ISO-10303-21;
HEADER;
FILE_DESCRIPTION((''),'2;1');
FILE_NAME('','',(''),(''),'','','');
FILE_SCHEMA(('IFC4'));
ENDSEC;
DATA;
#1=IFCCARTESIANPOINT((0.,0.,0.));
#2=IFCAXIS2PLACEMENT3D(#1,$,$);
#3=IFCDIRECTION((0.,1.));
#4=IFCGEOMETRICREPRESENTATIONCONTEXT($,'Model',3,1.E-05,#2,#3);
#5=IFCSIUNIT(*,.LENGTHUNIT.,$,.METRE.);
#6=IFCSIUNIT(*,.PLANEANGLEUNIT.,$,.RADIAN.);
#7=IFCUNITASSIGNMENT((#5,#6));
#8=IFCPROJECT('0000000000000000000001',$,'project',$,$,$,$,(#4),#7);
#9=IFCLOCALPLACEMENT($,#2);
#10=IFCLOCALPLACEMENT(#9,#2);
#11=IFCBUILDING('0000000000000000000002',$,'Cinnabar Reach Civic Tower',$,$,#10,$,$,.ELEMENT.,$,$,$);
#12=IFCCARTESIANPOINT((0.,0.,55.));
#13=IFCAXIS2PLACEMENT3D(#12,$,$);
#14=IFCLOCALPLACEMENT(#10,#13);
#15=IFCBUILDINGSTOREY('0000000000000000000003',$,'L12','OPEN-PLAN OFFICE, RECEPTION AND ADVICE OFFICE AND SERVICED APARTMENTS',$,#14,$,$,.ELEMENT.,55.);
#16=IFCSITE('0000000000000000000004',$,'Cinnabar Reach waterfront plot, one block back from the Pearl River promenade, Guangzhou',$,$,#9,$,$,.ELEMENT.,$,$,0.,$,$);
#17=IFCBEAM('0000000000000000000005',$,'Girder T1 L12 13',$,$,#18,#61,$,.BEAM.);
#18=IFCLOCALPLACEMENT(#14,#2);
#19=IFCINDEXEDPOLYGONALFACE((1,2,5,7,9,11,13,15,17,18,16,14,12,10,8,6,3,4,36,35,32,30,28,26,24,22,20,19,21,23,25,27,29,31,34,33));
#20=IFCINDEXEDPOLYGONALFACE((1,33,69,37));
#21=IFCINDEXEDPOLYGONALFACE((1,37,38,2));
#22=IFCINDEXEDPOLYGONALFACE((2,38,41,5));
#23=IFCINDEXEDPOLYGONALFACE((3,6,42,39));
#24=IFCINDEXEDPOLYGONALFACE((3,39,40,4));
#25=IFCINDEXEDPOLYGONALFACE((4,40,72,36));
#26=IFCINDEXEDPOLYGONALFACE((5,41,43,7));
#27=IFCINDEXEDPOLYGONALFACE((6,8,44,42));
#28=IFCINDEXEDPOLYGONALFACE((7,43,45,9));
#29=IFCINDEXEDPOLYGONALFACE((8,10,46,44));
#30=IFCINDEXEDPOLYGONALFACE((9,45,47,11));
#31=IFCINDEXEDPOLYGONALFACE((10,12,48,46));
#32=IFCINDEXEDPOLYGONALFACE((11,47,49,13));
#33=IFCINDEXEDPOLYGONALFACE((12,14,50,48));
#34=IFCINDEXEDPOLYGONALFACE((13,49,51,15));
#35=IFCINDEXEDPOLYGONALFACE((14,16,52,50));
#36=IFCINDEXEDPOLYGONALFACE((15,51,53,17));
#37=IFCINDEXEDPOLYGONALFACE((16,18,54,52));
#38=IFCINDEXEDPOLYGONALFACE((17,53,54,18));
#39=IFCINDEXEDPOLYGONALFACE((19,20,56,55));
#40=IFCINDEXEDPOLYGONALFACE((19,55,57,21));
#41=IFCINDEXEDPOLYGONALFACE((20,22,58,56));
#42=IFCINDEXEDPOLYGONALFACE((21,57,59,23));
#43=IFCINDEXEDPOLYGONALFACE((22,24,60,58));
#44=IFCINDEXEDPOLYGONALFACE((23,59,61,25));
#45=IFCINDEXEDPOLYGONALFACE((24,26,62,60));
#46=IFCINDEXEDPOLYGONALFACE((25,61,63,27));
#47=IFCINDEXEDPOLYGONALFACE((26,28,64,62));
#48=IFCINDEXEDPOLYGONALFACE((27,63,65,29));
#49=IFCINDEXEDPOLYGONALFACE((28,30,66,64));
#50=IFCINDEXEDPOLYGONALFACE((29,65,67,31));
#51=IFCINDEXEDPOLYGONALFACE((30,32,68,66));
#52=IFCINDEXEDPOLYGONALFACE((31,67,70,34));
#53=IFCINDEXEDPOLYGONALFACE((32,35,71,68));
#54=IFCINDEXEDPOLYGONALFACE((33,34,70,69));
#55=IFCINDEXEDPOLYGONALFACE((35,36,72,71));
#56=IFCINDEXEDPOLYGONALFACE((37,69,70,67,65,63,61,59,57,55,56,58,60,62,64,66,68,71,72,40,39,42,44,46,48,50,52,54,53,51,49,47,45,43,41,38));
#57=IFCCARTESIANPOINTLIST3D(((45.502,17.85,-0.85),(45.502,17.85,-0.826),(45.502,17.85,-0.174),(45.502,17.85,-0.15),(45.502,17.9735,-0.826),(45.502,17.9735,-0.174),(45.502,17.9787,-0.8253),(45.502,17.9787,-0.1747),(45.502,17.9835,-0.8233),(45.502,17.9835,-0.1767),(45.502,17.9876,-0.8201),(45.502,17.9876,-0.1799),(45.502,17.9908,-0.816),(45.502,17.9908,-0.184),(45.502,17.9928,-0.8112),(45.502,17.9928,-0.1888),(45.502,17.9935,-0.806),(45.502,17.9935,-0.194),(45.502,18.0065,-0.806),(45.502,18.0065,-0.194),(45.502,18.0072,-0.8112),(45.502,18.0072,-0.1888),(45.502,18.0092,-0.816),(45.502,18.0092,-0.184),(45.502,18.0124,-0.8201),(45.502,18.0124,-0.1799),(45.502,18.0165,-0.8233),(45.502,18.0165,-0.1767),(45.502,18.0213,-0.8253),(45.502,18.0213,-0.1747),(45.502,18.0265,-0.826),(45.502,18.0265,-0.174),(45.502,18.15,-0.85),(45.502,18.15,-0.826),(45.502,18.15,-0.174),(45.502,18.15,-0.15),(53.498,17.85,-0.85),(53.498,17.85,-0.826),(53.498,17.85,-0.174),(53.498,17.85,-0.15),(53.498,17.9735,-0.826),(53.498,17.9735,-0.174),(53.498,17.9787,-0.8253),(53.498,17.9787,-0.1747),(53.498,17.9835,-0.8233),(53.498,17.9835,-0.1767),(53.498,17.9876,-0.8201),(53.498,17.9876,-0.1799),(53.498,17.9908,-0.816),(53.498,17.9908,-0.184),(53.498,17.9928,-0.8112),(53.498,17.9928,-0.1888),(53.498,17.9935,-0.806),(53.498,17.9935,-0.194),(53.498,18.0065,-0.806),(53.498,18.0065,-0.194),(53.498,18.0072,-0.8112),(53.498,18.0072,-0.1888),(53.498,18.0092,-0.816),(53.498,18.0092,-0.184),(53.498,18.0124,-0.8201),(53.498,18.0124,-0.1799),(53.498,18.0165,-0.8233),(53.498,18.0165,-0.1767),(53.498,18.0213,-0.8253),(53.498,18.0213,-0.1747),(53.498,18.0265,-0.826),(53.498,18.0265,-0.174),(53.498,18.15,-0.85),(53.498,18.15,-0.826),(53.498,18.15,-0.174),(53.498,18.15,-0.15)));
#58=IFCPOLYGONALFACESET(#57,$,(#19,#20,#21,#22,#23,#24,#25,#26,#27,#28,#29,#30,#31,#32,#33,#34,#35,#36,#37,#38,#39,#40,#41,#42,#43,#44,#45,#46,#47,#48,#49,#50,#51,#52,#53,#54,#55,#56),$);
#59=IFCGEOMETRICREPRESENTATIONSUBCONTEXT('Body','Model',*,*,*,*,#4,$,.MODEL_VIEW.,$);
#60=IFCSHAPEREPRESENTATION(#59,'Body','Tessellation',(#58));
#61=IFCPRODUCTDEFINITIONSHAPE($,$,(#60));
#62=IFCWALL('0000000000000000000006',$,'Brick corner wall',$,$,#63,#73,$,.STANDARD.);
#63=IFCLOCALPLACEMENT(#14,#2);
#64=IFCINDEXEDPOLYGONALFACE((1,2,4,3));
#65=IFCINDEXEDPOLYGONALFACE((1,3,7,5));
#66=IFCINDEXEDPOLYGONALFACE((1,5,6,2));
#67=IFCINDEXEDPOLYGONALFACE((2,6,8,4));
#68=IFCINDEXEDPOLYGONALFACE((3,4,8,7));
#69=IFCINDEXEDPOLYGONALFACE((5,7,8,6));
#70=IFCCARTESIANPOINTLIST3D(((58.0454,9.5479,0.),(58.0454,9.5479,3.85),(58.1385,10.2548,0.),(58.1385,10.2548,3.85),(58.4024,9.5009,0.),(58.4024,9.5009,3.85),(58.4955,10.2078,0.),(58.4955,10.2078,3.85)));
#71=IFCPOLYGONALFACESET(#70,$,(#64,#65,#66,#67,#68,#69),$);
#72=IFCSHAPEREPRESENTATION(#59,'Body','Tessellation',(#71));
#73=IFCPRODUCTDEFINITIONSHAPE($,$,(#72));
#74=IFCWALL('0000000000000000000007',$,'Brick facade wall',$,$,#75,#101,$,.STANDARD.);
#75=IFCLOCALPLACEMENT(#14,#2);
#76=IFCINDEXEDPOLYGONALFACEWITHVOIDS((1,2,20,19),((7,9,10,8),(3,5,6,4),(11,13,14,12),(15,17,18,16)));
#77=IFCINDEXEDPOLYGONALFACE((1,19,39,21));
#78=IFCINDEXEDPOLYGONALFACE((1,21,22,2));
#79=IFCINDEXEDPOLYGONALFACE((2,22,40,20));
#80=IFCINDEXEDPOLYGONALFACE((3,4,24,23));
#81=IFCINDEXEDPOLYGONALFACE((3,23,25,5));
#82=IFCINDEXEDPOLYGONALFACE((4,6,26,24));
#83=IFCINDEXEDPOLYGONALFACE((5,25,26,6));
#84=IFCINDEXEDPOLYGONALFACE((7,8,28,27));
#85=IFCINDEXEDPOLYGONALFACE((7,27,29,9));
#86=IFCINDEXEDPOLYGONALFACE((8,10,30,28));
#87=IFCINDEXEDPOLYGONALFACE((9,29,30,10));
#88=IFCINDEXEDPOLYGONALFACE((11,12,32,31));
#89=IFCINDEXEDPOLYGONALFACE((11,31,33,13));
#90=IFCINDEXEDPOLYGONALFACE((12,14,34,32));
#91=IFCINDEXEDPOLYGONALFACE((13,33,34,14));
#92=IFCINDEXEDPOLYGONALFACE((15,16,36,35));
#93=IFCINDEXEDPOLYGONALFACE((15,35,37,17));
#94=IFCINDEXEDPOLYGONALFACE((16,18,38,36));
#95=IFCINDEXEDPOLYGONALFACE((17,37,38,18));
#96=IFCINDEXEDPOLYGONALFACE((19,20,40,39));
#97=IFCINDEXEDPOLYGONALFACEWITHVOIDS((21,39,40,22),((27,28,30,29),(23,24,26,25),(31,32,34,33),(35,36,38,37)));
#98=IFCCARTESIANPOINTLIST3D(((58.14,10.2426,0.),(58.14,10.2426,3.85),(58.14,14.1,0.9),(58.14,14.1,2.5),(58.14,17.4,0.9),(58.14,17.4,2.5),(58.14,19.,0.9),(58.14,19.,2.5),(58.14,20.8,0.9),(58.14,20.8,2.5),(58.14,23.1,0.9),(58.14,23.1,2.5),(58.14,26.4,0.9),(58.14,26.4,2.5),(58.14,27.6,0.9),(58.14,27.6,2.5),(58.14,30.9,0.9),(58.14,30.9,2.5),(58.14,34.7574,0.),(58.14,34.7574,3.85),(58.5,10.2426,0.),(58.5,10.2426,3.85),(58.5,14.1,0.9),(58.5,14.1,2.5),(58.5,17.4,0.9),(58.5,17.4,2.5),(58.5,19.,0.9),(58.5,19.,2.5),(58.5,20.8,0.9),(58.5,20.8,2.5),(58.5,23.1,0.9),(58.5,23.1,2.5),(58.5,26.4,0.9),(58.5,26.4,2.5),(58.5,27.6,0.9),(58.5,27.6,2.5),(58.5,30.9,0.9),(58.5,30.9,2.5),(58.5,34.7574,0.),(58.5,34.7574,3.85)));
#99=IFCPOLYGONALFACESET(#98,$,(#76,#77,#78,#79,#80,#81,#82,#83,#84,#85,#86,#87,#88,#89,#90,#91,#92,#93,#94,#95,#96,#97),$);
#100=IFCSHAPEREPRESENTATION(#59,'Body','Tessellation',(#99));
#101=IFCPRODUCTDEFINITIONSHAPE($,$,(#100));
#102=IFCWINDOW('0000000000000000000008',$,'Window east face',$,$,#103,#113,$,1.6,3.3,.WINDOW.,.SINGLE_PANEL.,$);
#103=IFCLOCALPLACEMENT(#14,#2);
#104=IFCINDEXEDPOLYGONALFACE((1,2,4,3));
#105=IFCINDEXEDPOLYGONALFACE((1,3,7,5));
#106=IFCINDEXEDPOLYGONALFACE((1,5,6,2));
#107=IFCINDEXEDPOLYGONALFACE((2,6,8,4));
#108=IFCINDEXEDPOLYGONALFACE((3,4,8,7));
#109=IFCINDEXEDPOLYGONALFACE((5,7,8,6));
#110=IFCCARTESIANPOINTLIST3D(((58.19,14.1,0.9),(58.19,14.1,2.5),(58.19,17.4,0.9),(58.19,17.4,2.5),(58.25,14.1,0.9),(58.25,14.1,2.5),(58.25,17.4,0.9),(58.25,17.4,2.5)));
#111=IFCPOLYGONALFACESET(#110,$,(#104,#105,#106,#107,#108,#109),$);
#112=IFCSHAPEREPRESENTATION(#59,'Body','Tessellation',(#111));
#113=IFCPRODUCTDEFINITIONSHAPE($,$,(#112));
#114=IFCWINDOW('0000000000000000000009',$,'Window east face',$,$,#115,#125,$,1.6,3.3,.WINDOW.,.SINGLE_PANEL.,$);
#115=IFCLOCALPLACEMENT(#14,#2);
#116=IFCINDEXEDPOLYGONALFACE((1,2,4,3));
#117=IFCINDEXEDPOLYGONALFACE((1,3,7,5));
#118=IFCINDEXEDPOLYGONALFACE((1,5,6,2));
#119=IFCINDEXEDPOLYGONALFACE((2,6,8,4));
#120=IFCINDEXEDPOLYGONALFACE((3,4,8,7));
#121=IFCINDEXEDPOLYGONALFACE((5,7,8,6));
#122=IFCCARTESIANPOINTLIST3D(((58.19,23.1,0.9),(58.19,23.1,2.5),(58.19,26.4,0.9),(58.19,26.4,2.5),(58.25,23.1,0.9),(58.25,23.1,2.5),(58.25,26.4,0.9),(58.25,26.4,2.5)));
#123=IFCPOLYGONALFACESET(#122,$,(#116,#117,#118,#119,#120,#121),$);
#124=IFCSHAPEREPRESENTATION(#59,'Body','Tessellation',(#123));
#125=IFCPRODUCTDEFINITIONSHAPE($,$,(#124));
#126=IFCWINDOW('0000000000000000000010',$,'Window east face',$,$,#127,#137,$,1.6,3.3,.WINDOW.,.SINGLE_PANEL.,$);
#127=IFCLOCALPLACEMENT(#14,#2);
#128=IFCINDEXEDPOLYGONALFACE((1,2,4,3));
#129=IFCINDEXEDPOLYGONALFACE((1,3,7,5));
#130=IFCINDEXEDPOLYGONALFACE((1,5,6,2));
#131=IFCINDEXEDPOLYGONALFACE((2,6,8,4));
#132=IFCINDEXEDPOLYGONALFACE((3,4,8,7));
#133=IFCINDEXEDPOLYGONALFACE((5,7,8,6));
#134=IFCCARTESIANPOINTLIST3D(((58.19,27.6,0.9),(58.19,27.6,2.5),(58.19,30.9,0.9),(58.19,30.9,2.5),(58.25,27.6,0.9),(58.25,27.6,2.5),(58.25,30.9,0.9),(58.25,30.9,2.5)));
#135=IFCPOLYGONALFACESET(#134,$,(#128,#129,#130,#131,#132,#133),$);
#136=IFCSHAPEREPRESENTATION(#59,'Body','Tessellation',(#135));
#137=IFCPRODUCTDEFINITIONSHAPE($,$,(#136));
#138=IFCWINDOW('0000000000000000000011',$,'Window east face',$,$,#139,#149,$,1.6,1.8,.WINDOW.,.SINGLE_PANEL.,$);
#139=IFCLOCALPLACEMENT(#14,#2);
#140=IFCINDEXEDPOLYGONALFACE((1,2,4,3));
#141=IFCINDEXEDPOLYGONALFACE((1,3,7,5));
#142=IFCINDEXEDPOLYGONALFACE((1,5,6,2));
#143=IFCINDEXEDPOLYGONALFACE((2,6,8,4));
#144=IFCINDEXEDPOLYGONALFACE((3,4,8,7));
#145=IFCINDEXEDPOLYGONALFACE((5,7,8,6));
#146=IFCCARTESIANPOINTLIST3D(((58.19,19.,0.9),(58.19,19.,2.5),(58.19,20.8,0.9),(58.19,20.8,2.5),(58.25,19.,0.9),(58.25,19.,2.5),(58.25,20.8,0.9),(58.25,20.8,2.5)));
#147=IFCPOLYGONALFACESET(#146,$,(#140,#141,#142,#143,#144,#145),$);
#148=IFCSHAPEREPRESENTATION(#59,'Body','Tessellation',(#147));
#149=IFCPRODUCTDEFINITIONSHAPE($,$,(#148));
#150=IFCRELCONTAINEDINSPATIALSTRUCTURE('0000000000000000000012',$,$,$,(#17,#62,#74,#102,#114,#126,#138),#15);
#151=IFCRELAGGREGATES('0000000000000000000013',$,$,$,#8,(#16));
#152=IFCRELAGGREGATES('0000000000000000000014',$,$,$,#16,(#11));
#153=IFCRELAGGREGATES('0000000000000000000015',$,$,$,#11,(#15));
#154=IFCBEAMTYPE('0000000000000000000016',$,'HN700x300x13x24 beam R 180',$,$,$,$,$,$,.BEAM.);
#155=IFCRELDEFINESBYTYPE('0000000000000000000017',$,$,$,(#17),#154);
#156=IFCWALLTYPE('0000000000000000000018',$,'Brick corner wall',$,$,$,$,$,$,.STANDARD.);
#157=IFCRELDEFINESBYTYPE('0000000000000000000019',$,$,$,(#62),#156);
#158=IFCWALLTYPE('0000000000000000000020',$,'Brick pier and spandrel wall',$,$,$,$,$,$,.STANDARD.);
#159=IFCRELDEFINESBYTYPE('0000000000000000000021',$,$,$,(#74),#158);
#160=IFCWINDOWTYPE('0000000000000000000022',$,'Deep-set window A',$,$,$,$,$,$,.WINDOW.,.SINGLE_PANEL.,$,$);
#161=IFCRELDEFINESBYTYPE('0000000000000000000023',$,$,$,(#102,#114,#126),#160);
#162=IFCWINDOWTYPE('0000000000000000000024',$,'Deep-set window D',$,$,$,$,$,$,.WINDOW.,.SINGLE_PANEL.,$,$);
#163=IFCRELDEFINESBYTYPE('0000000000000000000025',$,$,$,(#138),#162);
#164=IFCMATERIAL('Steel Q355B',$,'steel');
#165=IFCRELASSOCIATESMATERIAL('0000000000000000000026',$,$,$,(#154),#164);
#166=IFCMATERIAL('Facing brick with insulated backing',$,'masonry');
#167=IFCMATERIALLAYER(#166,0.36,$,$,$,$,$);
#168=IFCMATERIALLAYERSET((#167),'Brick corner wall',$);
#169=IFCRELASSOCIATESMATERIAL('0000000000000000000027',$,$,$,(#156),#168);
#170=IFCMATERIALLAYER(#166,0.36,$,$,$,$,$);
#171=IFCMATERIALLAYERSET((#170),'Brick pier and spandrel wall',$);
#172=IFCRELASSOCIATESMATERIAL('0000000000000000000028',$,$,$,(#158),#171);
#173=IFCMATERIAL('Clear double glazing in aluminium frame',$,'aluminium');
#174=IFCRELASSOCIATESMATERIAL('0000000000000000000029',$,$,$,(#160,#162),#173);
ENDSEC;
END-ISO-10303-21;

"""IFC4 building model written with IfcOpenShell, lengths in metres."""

from ifc_helpers import new_model, si_unit, direction, frame, frame_2d, origin, origin_2d, place, context, subcontext, project, spatial, rectangle, i_section, extrude, material, layer, layer_set, material_profile, profile_set, type_object, element, fill, save


model = new_model("IFC4")

# Units and contexts
model_context = context("Model", 3, precision=1e-05, world=origin(), true_north=direction((0.0, 1.0)))
body_context = subcontext(model_context, "Body", "Model", "MODEL_VIEW")
ifc_project = project(units=[si_unit("LENGTHUNIT", "METRE"), si_unit("PLANEANGLEUNIT", "RADIAN")], contexts=[model_context])

# Site, building, storey
site_placement = place(None, origin())
site = spatial("IfcSite", under=ifc_project, at=site_placement, Name="Cinnabar Reach waterfront plot, one block back from the Pearl River promenade, Guangzhou", CompositionType="ELEMENT", RefElevation=0.0)
building_placement = place(site_placement, origin())
building = spatial("IfcBuilding", under=site, at=building_placement, Name="Cinnabar Reach Civic Tower", CompositionType="ELEMENT")
storey_placement = place(building_placement, frame((0.0, 0.0, 55.0)))
storey = spatial("IfcBuildingStorey", under=building, at=storey_placement, Name="L12", Description="OPEN-PLAN OFFICE, RECEPTION AND ADVICE OFFICE AND SERVICED APARTMENTS", CompositionType="ELEMENT", Elevation=55.0)

# Beam
ifc_material_1 = material(Name="Steel Q355B", Category="steel")
ifc_material_profile_1 = material_profile(ifc_material_1, i_section(OverallWidth=0.3, OverallDepth=0.7, WebThickness=0.013, FlangeThickness=0.024, FilletRadius=0.02, at=origin_2d()), Name="HN700x300x13x24")
ifc_profile_set_1 = profile_set([ifc_material_profile_1], Name="Steel Q355B")
beam_type_1 = type_object("IfcBeamType", Name="HN700x300x13x24 beam R 180", PredefinedType="BEAM", material=ifc_profile_set_1)
beam_1_placement = place(storey_placement, frame((45.502, 18.0, -0.5), z_axis=(1.0, 0.0, 0.0), x_axis=(0.0, 1.0, 0.0)))
element("IfcBeam", 1, at=beam_1_placement, inside=storey, type_object=beam_type_1, Name="Girder T1 L12 13", PredefinedType="BEAM", context=body_context, shape_type="SweptSolid", body=[
    extrude(i_section(OverallWidth=0.3, OverallDepth=0.7, WebThickness=0.013, FlangeThickness=0.024, FilletRadius=0.02, at=origin_2d()), origin(), (0.0, 0.0, 1.0), 7.996),
])

# Wall
ifc_material_2 = material(Name="Facing brick with insulated backing", Category="masonry")
ifc_layer_1 = layer(ifc_material_2, 0.36)
ifc_layer_set_1 = layer_set([ifc_layer_1], Name="Brick corner wall")
wall_type_1 = type_object("IfcWallType", Name="Brick corner wall", PredefinedType="STANDARD", material=ifc_layer_set_1)
wall_1_placement = place(storey_placement, frame((58.2239, 9.5244, 0.0), z_axis=(0.0, 0.0, 1.0), x_axis=(0.130556, 0.991441, 0.0)))
element("IfcWall", 2, at=wall_1_placement, inside=storey, type_object=wall_type_1, Name="Brick corner wall", PredefinedType="STANDARD", context=body_context, shape_type="SweptSolid", body=[
    extrude(rectangle(XDim=0.7131, YDim=0.36, at=frame_2d((0.3565, 0.0))), origin(), (0.0, 0.0, 1.0), 3.85),
])

# Wall, openings, windows
ifc_layer_2 = layer(ifc_material_2, 0.36)
ifc_layer_set_2 = layer_set([ifc_layer_2], Name="Brick pier and spandrel wall")
wall_type_2 = type_object("IfcWallType", Name="Brick pier and spandrel wall", PredefinedType="STANDARD", material=ifc_layer_set_2)
wall_2_placement = place(storey_placement, frame((58.32, 10.2426, 0.0), z_axis=(0.0, 0.0, 1.0), x_axis=(0.0, 1.0, 0.0)))
wall_2 = element("IfcWall", 3, at=wall_2_placement, inside=storey, type_object=wall_type_2, Name="Brick facade wall", PredefinedType="STANDARD", context=body_context, shape_type="SweptSolid", body=[
    extrude(rectangle(XDim=24.5148, YDim=0.36, at=frame_2d((12.2574, 0.0))), origin(), (0.0, 0.0, 1.0), 3.85),
])
opening_1_placement = place(wall_2_placement, frame((3.8574, 0.0, 0.9)))
opening_1 = element("IfcOpeningElement", 4, at=opening_1_placement, cuts=wall_2, PredefinedType="OPENING", context=body_context, shape_type="SweptSolid", body=[
    extrude(rectangle(XDim=3.3, YDim=1.6, at=frame_2d((1.65, 0.8))), frame((0.0, 0.19, 0.0), z_axis=(0.0, -1.0, 0.0), x_axis=(1.0, 0.0, 0.0)), (0.0, 0.0, 1.0), 0.38),
])
opening_2_placement = place(wall_2_placement, frame((8.7574, 0.0, 0.9)))
opening_2 = element("IfcOpeningElement", 5, at=opening_2_placement, cuts=wall_2, PredefinedType="OPENING", context=body_context, shape_type="SweptSolid", body=[
    extrude(rectangle(XDim=1.8, YDim=1.6, at=frame_2d((0.9, 0.8))), frame((0.0, 0.19, 0.0), z_axis=(0.0, -1.0, 0.0), x_axis=(1.0, 0.0, 0.0)), (0.0, 0.0, 1.0), 0.38),
])
opening_3_placement = place(wall_2_placement, frame((12.8574, 0.0, 0.9)))
opening_3 = element("IfcOpeningElement", 6, at=opening_3_placement, cuts=wall_2, PredefinedType="OPENING", context=body_context, shape_type="SweptSolid", body=[
    extrude(rectangle(XDim=3.3, YDim=1.6, at=frame_2d((1.65, 0.8))), frame((0.0, 0.19, 0.0), z_axis=(0.0, -1.0, 0.0), x_axis=(1.0, 0.0, 0.0)), (0.0, 0.0, 1.0), 0.38),
])
opening_4_placement = place(wall_2_placement, frame((17.3574, 0.0, 0.9)))
opening_4 = element("IfcOpeningElement", 7, at=opening_4_placement, cuts=wall_2, PredefinedType="OPENING", context=body_context, shape_type="SweptSolid", body=[
    extrude(rectangle(XDim=3.3, YDim=1.6, at=frame_2d((1.65, 0.8))), frame((0.0, 0.19, 0.0), z_axis=(0.0, -1.0, 0.0), x_axis=(1.0, 0.0, 0.0)), (0.0, 0.0, 1.0), 0.38),
])
ifc_material_3 = material(Name="Clear double glazing in aluminium frame", Category="aluminium")
window_type_1 = type_object("IfcWindowType", Name="Deep-set window A", PartitioningType="SINGLE_PANEL", PredefinedType="WINDOW", material=ifc_material_3)
window_1_placement = place(opening_1_placement, origin())
window_1 = element("IfcWindow", 8, at=window_1_placement, inside=storey, type_object=window_type_1, Name="Window east face", OverallHeight=1.6, OverallWidth=3.3, PartitioningType="SINGLE_PANEL", PredefinedType="WINDOW", context=body_context, shape_type="SweptSolid", body=[
    extrude(rectangle(XDim=3.3, YDim=1.6, at=frame_2d((1.65, 0.8))), frame((0.0, 0.13, 0.0), z_axis=(0.0, -1.0, 0.0), x_axis=(1.0, 0.0, 0.0)), (0.0, 0.0, 1.0), 0.06),
])
fill(opening_1, window_1)
window_2_placement = place(opening_3_placement, origin())
window_2 = element("IfcWindow", 9, at=window_2_placement, inside=storey, type_object=window_type_1, Name="Window east face", OverallHeight=1.6, OverallWidth=3.3, PartitioningType="SINGLE_PANEL", PredefinedType="WINDOW", context=body_context, shape_type="SweptSolid", body=[
    extrude(rectangle(XDim=3.3, YDim=1.6, at=frame_2d((1.65, 0.8))), frame((0.0, 0.13, 0.0), z_axis=(0.0, -1.0, 0.0), x_axis=(1.0, 0.0, 0.0)), (0.0, 0.0, 1.0), 0.06),
])
fill(opening_3, window_2)
window_3_placement = place(opening_4_placement, origin())
window_3 = element("IfcWindow", 10, at=window_3_placement, inside=storey, type_object=window_type_1, Name="Window east face", OverallHeight=1.6, OverallWidth=3.3, PartitioningType="SINGLE_PANEL", PredefinedType="WINDOW", context=body_context, shape_type="SweptSolid", body=[
    extrude(rectangle(XDim=3.3, YDim=1.6, at=frame_2d((1.65, 0.8))), frame((0.0, 0.13, 0.0), z_axis=(0.0, -1.0, 0.0), x_axis=(1.0, 0.0, 0.0)), (0.0, 0.0, 1.0), 0.06),
])
fill(opening_4, window_3)
window_type_2 = type_object("IfcWindowType", Name="Deep-set window D", PartitioningType="SINGLE_PANEL", PredefinedType="WINDOW", material=ifc_material_3)
window_4_placement = place(opening_2_placement, origin())
window_4 = element("IfcWindow", 11, at=window_4_placement, inside=storey, type_object=window_type_2, Name="Window east face", OverallHeight=1.6, OverallWidth=1.8, PartitioningType="SINGLE_PANEL", PredefinedType="WINDOW", context=body_context, shape_type="SweptSolid", body=[
    extrude(rectangle(XDim=1.8, YDim=1.6, at=frame_2d((0.9, 0.8))), frame((0.0, 0.13, 0.0), z_axis=(0.0, -1.0, 0.0), x_axis=(1.0, 0.0, 0.0)), (0.0, 0.0, 1.0), 0.06),
])
fill(opening_2, window_4)

save(model, "model.ifc")
